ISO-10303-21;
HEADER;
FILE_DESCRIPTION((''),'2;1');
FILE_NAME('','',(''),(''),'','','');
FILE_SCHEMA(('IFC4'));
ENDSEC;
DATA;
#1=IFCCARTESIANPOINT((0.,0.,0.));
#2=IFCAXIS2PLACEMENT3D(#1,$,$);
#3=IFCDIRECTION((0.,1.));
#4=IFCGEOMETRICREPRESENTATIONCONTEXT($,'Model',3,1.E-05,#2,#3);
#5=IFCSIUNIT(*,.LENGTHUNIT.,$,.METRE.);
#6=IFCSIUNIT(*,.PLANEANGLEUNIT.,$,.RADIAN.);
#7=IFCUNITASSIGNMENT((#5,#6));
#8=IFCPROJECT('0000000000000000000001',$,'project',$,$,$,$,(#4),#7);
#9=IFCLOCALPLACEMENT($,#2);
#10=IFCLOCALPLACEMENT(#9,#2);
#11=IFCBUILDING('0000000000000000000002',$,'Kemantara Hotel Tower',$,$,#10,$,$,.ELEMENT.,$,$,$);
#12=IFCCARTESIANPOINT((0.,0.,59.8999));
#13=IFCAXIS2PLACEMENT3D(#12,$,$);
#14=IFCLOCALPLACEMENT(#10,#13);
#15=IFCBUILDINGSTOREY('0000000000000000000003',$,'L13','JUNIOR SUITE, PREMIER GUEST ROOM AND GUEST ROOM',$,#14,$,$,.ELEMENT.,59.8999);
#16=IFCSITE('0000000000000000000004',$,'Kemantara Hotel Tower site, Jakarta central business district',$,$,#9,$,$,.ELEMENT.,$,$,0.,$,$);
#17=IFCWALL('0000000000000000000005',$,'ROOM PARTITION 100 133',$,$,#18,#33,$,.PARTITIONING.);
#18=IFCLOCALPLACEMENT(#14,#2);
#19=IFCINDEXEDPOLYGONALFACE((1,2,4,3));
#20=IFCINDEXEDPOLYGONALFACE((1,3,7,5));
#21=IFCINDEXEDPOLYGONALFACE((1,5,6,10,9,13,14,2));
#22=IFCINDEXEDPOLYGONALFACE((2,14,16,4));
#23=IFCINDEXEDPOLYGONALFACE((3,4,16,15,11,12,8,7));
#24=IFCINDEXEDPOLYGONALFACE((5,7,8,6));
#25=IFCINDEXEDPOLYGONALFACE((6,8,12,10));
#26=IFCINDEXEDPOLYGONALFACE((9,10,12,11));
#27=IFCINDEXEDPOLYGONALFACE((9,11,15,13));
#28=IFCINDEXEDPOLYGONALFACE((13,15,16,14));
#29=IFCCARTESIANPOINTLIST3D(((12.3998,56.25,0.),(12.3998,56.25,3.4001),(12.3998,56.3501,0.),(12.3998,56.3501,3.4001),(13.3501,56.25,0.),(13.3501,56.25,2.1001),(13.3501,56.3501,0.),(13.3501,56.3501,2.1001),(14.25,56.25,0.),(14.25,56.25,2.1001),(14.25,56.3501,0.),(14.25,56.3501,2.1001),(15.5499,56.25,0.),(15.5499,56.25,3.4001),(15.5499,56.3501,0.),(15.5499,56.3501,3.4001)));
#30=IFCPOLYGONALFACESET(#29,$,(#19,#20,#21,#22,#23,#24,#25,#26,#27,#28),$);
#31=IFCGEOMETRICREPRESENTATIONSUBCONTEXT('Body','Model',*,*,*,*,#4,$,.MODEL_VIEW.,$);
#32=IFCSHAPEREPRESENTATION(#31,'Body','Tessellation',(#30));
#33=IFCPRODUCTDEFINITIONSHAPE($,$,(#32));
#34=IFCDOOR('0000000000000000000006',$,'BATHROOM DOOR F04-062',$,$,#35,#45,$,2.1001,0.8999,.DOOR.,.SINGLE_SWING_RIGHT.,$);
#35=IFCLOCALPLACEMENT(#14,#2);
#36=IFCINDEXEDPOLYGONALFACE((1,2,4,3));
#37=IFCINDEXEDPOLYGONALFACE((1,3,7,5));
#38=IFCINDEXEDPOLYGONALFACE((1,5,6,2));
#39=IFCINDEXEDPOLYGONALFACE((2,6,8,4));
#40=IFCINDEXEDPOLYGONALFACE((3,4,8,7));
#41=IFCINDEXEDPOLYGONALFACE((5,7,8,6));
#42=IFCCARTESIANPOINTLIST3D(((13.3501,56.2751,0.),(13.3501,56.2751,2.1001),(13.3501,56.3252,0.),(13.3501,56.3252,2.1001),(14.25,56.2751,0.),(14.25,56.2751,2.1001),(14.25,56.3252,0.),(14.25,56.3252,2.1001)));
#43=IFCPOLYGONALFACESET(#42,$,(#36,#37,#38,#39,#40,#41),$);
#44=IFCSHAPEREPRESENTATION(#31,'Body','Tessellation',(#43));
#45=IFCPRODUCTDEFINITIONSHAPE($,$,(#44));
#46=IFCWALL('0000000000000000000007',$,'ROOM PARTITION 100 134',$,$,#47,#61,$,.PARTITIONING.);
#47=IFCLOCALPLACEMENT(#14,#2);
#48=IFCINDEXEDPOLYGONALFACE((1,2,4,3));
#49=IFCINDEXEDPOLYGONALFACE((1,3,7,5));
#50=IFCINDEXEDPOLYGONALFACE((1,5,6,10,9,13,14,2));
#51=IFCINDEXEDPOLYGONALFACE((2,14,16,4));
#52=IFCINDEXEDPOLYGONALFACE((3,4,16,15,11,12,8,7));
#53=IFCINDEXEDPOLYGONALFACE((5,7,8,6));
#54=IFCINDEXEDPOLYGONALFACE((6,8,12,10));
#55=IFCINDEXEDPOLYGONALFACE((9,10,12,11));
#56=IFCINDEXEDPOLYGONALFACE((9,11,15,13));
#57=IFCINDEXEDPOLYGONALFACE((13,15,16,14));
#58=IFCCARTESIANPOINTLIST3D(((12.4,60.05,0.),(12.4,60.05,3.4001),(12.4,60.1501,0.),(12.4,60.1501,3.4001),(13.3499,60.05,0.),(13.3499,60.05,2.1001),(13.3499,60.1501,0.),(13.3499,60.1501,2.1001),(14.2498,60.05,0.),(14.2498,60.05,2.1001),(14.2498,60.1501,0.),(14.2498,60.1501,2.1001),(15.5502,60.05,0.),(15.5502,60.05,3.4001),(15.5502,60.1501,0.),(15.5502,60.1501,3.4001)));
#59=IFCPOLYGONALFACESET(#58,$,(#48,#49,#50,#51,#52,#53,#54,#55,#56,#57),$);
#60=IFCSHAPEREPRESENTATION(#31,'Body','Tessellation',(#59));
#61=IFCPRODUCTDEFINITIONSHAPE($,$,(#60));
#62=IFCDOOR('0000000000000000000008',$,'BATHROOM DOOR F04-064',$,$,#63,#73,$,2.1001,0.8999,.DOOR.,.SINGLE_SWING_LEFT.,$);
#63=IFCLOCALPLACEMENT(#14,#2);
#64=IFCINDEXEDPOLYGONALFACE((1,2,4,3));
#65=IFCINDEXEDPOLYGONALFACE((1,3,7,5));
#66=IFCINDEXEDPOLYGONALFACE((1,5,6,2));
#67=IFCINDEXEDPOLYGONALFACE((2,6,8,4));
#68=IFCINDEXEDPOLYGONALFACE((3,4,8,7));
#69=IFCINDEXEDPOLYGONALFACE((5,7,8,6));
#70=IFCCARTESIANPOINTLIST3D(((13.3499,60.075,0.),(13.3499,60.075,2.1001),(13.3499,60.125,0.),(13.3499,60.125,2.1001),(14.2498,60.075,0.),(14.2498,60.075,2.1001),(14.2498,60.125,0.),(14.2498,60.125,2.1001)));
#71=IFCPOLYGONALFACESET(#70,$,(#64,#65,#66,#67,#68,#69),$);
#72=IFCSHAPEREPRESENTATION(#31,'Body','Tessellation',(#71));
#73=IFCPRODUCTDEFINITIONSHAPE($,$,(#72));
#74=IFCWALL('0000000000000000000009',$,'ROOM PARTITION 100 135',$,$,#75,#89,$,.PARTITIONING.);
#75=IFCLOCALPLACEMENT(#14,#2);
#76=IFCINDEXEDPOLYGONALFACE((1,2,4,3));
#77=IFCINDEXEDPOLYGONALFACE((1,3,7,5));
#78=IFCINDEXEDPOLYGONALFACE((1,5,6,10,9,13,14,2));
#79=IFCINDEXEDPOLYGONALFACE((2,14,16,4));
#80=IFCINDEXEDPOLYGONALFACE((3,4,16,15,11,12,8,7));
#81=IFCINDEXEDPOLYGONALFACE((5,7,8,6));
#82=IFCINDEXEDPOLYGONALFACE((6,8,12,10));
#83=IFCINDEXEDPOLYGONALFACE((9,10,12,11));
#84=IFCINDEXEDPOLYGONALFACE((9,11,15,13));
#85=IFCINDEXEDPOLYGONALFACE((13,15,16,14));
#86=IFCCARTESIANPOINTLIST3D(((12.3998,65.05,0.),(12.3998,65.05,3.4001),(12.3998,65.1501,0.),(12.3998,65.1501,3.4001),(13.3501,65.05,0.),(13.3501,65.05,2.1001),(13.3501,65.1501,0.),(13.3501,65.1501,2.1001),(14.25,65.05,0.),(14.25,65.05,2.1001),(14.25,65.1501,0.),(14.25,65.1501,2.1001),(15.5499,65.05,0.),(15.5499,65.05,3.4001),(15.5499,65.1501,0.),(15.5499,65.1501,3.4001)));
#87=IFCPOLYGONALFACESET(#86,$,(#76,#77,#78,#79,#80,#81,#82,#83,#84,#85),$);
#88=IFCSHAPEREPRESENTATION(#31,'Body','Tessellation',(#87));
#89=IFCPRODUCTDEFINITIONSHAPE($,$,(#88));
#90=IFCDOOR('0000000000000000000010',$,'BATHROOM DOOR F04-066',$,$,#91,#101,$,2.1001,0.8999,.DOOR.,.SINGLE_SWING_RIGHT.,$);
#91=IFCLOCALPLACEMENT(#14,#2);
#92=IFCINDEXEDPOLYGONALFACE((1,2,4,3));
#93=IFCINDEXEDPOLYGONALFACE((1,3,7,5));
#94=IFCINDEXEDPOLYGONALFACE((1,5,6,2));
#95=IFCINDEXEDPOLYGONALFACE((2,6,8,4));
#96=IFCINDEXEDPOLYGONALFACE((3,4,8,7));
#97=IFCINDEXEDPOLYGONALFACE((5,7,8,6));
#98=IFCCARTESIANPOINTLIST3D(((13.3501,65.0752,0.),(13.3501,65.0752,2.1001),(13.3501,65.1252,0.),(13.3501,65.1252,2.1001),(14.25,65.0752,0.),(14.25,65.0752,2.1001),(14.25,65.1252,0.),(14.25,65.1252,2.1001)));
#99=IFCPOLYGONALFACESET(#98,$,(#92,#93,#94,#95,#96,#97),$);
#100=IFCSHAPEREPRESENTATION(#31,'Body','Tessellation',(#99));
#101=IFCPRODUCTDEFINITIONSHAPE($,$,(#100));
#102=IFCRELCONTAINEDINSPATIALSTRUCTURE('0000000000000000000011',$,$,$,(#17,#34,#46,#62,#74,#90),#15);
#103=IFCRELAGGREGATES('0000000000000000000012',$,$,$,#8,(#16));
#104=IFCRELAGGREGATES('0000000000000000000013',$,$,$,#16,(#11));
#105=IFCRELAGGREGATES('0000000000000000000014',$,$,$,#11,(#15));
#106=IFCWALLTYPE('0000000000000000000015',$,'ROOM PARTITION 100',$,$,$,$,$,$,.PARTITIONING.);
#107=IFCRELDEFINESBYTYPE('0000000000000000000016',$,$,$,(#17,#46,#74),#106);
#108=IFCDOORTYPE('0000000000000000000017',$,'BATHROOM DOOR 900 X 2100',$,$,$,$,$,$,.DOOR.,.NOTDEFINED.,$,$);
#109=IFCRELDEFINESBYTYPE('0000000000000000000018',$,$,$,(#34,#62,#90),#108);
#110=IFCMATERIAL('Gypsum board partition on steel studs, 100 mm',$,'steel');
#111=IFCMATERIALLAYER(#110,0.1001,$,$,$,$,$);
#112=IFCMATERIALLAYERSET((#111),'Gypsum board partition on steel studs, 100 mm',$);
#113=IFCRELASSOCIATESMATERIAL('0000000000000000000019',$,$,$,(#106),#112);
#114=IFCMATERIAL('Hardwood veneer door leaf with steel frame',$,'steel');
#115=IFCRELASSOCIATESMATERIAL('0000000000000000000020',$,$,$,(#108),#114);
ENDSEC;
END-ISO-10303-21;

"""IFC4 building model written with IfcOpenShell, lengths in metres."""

from ifc_helpers import new_model, si_unit, direction, frame, frame_2d, origin, place, context, subcontext, project, spatial, rectangle, extrude, material, layer, layer_set, type_object, element, fill, save


model = new_model("IFC4")

# Units and contexts
model_context = context("Model", 3, precision=1e-05, world=origin(), true_north=direction((0.0, 1.0)))
body_context = subcontext(model_context, "Body", "Model", "MODEL_VIEW")
ifc_project = project(units=[si_unit("LENGTHUNIT", "METRE"), si_unit("PLANEANGLEUNIT", "RADIAN")], contexts=[model_context])

# Site, building, storey
site_placement = place(None, origin())
site = spatial("IfcSite", under=ifc_project, at=site_placement, Name="Kemantara Hotel Tower site, Jakarta central business district", CompositionType="ELEMENT", RefElevation=0.0)
building_placement = place(site_placement, origin())
building = spatial("IfcBuilding", under=site, at=building_placement, Name="Kemantara Hotel Tower", CompositionType="ELEMENT")
storey_placement = place(building_placement, frame((0.0, 0.0, 59.8999)))
storey = spatial("IfcBuildingStorey", under=building, at=storey_placement, Name="L13", Description="JUNIOR SUITE, PREMIER GUEST ROOM AND GUEST ROOM", CompositionType="ELEMENT", Elevation=59.8999)

# Shared definitions
ifc_material_1 = material(Name="Hardwood veneer door leaf with steel frame", Category="steel")

# Shared definitions
ifc_material_2 = material(Name="Gypsum board partition on steel studs, 100 mm", Category="steel")
ifc_layer_1 = layer(ifc_material_2, 0.1001)
ifc_layer_set_1 = layer_set([ifc_layer_1], Name="Gypsum board partition on steel studs, 100 mm")
wall_type_1 = type_object("IfcWallType", Name="ROOM PARTITION 100", PredefinedType="PARTITIONING", material=ifc_layer_set_1)

# Walls, openings, doors
wall_1_placement = place(storey_placement, frame((15.55, 56.3, 0.0), z_axis=(0.0, 0.0, 1.0), x_axis=(-1.0, 0.0, 0.0)))
wall_1 = element("IfcWall", 1, at=wall_1_placement, inside=storey, type_object=wall_type_1, Name="ROOM PARTITION 100 133", PredefinedType="PARTITIONING", context=body_context, shape_type="SweptSolid", body=[
    extrude(rectangle(XDim=3.1501, YDim=0.1001, at=frame_2d((1.5752, 0.0))), origin(), (0.0, 0.0, 1.0), 3.4001),
])
opening_1_placement = place(wall_1_placement, frame((1.3, 0.0, 0.0)))
opening_1 = element("IfcOpeningElement", 2, at=opening_1_placement, cuts=wall_1, PredefinedType="OPENING", context=body_context, shape_type="SweptSolid", body=[
    extrude(rectangle(XDim=0.8999, YDim=2.1001, at=frame_2d((0.45, 1.05))), frame((0.0, 0.0601, 0.0), z_axis=(0.0, -1.0, 0.0), x_axis=(1.0, 0.0, 0.0)), (0.0, 0.0, 1.0), 0.1201),
])
door_type_1 = type_object("IfcDoorType", Name="BATHROOM DOOR 900 X 2100", OperationType="NOTDEFINED", PredefinedType="DOOR", material=ifc_material_1)
door_1_placement = place(opening_1_placement, origin())
door_1 = element("IfcDoor", 3, at=door_1_placement, inside=storey, type_object=door_type_1, Name="BATHROOM DOOR F04-062", OperationType="SINGLE_SWING_RIGHT", OverallHeight=2.1001, OverallWidth=0.8999, PredefinedType="DOOR", context=body_context, shape_type="SweptSolid", body=[
    extrude(rectangle(XDim=0.8999, YDim=2.1001, at=frame_2d((0.45, 1.05))), frame((0.0, 0.0249, 0.0), z_axis=(0.0, -1.0, 0.0), x_axis=(1.0, 0.0, 0.0)), (0.0, 0.0, 1.0), 0.05),
])
fill(opening_1, door_1)
wall_2_placement = place(storey_placement, frame((12.3999, 60.1001, 0.0), z_axis=(0.0, 0.0, 1.0), x_axis=(1.0, 0.0, 0.0)))
wall_2 = element("IfcWall", 4, at=wall_2_placement, inside=storey, type_object=wall_type_1, Name="ROOM PARTITION 100 134", PredefinedType="PARTITIONING", context=body_context, shape_type="SweptSolid", body=[
    extrude(rectangle(XDim=3.1501, YDim=0.1001, at=frame_2d((1.5752, 0.0))), origin(), (0.0, 0.0, 1.0), 3.4001),
])
opening_2_placement = place(wall_2_placement, frame((0.95, 0.0, 0.0)))
opening_2 = element("IfcOpeningElement", 5, at=opening_2_placement, cuts=wall_2, PredefinedType="OPENING", context=body_context, shape_type="SweptSolid", body=[
    extrude(rectangle(XDim=0.8999, YDim=2.1001, at=frame_2d((0.45, 1.05))), frame((0.0, 0.0601, 0.0), z_axis=(0.0, -1.0, 0.0), x_axis=(1.0, 0.0, 0.0)), (0.0, 0.0, 1.0), 0.1201),
])
door_2_placement = place(opening_2_placement, origin())
door_2 = element("IfcDoor", 6, at=door_2_placement, inside=storey, type_object=door_type_1, Name="BATHROOM DOOR F04-064", OperationType="SINGLE_SWING_LEFT", OverallHeight=2.1001, OverallWidth=0.8999, PredefinedType="DOOR", context=body_context, shape_type="SweptSolid", body=[
    extrude(rectangle(XDim=0.8999, YDim=2.1001, at=frame_2d((0.45, 1.05))), frame((0.0, 0.0249, 0.0), z_axis=(0.0, -1.0, 0.0), x_axis=(1.0, 0.0, 0.0)), (0.0, 0.0, 1.0), 0.05),
])
fill(opening_2, door_2)
wall_3_placement = place(storey_placement, frame((15.55, 65.1001, 0.0), z_axis=(0.0, 0.0, 1.0), x_axis=(-1.0, 0.0, 0.0)))
wall_3 = element("IfcWall", 7, at=wall_3_placement, inside=storey, type_object=wall_type_1, Name="ROOM PARTITION 100 135", PredefinedType="PARTITIONING", context=body_context, shape_type="SweptSolid", body=[
    extrude(rectangle(XDim=3.1501, YDim=0.1001, at=frame_2d((1.5752, 0.0))), origin(), (0.0, 0.0, 1.0), 3.4001),
])
opening_3_placement = place(wall_3_placement, frame((1.3, 0.0, 0.0)))
opening_3 = element("IfcOpeningElement", 8, at=opening_3_placement, cuts=wall_3, PredefinedType="OPENING", context=body_context, shape_type="SweptSolid", body=[
    extrude(rectangle(XDim=0.8999, YDim=2.1001, at=frame_2d((0.45, 1.05))), frame((0.0, 0.0601, 0.0), z_axis=(0.0, -1.0, 0.0), x_axis=(1.0, 0.0, 0.0)), (0.0, 0.0, 1.0), 0.1201),
])
door_3_placement = place(opening_3_placement, origin())
door_3 = element("IfcDoor", 9, at=door_3_placement, inside=storey, type_object=door_type_1, Name="BATHROOM DOOR F04-066", OperationType="SINGLE_SWING_RIGHT", OverallHeight=2.1001, OverallWidth=0.8999, PredefinedType="DOOR", context=body_context, shape_type="SweptSolid", body=[
    extrude(rectangle(XDim=0.8999, YDim=2.1001, at=frame_2d((0.45, 1.05))), frame((0.0, 0.0249, 0.0), z_axis=(0.0, -1.0, 0.0), x_axis=(1.0, 0.0, 0.0)), (0.0, 0.0, 1.0), 0.05),
])
fill(opening_3, door_3)

save(model, "model.ifc")
